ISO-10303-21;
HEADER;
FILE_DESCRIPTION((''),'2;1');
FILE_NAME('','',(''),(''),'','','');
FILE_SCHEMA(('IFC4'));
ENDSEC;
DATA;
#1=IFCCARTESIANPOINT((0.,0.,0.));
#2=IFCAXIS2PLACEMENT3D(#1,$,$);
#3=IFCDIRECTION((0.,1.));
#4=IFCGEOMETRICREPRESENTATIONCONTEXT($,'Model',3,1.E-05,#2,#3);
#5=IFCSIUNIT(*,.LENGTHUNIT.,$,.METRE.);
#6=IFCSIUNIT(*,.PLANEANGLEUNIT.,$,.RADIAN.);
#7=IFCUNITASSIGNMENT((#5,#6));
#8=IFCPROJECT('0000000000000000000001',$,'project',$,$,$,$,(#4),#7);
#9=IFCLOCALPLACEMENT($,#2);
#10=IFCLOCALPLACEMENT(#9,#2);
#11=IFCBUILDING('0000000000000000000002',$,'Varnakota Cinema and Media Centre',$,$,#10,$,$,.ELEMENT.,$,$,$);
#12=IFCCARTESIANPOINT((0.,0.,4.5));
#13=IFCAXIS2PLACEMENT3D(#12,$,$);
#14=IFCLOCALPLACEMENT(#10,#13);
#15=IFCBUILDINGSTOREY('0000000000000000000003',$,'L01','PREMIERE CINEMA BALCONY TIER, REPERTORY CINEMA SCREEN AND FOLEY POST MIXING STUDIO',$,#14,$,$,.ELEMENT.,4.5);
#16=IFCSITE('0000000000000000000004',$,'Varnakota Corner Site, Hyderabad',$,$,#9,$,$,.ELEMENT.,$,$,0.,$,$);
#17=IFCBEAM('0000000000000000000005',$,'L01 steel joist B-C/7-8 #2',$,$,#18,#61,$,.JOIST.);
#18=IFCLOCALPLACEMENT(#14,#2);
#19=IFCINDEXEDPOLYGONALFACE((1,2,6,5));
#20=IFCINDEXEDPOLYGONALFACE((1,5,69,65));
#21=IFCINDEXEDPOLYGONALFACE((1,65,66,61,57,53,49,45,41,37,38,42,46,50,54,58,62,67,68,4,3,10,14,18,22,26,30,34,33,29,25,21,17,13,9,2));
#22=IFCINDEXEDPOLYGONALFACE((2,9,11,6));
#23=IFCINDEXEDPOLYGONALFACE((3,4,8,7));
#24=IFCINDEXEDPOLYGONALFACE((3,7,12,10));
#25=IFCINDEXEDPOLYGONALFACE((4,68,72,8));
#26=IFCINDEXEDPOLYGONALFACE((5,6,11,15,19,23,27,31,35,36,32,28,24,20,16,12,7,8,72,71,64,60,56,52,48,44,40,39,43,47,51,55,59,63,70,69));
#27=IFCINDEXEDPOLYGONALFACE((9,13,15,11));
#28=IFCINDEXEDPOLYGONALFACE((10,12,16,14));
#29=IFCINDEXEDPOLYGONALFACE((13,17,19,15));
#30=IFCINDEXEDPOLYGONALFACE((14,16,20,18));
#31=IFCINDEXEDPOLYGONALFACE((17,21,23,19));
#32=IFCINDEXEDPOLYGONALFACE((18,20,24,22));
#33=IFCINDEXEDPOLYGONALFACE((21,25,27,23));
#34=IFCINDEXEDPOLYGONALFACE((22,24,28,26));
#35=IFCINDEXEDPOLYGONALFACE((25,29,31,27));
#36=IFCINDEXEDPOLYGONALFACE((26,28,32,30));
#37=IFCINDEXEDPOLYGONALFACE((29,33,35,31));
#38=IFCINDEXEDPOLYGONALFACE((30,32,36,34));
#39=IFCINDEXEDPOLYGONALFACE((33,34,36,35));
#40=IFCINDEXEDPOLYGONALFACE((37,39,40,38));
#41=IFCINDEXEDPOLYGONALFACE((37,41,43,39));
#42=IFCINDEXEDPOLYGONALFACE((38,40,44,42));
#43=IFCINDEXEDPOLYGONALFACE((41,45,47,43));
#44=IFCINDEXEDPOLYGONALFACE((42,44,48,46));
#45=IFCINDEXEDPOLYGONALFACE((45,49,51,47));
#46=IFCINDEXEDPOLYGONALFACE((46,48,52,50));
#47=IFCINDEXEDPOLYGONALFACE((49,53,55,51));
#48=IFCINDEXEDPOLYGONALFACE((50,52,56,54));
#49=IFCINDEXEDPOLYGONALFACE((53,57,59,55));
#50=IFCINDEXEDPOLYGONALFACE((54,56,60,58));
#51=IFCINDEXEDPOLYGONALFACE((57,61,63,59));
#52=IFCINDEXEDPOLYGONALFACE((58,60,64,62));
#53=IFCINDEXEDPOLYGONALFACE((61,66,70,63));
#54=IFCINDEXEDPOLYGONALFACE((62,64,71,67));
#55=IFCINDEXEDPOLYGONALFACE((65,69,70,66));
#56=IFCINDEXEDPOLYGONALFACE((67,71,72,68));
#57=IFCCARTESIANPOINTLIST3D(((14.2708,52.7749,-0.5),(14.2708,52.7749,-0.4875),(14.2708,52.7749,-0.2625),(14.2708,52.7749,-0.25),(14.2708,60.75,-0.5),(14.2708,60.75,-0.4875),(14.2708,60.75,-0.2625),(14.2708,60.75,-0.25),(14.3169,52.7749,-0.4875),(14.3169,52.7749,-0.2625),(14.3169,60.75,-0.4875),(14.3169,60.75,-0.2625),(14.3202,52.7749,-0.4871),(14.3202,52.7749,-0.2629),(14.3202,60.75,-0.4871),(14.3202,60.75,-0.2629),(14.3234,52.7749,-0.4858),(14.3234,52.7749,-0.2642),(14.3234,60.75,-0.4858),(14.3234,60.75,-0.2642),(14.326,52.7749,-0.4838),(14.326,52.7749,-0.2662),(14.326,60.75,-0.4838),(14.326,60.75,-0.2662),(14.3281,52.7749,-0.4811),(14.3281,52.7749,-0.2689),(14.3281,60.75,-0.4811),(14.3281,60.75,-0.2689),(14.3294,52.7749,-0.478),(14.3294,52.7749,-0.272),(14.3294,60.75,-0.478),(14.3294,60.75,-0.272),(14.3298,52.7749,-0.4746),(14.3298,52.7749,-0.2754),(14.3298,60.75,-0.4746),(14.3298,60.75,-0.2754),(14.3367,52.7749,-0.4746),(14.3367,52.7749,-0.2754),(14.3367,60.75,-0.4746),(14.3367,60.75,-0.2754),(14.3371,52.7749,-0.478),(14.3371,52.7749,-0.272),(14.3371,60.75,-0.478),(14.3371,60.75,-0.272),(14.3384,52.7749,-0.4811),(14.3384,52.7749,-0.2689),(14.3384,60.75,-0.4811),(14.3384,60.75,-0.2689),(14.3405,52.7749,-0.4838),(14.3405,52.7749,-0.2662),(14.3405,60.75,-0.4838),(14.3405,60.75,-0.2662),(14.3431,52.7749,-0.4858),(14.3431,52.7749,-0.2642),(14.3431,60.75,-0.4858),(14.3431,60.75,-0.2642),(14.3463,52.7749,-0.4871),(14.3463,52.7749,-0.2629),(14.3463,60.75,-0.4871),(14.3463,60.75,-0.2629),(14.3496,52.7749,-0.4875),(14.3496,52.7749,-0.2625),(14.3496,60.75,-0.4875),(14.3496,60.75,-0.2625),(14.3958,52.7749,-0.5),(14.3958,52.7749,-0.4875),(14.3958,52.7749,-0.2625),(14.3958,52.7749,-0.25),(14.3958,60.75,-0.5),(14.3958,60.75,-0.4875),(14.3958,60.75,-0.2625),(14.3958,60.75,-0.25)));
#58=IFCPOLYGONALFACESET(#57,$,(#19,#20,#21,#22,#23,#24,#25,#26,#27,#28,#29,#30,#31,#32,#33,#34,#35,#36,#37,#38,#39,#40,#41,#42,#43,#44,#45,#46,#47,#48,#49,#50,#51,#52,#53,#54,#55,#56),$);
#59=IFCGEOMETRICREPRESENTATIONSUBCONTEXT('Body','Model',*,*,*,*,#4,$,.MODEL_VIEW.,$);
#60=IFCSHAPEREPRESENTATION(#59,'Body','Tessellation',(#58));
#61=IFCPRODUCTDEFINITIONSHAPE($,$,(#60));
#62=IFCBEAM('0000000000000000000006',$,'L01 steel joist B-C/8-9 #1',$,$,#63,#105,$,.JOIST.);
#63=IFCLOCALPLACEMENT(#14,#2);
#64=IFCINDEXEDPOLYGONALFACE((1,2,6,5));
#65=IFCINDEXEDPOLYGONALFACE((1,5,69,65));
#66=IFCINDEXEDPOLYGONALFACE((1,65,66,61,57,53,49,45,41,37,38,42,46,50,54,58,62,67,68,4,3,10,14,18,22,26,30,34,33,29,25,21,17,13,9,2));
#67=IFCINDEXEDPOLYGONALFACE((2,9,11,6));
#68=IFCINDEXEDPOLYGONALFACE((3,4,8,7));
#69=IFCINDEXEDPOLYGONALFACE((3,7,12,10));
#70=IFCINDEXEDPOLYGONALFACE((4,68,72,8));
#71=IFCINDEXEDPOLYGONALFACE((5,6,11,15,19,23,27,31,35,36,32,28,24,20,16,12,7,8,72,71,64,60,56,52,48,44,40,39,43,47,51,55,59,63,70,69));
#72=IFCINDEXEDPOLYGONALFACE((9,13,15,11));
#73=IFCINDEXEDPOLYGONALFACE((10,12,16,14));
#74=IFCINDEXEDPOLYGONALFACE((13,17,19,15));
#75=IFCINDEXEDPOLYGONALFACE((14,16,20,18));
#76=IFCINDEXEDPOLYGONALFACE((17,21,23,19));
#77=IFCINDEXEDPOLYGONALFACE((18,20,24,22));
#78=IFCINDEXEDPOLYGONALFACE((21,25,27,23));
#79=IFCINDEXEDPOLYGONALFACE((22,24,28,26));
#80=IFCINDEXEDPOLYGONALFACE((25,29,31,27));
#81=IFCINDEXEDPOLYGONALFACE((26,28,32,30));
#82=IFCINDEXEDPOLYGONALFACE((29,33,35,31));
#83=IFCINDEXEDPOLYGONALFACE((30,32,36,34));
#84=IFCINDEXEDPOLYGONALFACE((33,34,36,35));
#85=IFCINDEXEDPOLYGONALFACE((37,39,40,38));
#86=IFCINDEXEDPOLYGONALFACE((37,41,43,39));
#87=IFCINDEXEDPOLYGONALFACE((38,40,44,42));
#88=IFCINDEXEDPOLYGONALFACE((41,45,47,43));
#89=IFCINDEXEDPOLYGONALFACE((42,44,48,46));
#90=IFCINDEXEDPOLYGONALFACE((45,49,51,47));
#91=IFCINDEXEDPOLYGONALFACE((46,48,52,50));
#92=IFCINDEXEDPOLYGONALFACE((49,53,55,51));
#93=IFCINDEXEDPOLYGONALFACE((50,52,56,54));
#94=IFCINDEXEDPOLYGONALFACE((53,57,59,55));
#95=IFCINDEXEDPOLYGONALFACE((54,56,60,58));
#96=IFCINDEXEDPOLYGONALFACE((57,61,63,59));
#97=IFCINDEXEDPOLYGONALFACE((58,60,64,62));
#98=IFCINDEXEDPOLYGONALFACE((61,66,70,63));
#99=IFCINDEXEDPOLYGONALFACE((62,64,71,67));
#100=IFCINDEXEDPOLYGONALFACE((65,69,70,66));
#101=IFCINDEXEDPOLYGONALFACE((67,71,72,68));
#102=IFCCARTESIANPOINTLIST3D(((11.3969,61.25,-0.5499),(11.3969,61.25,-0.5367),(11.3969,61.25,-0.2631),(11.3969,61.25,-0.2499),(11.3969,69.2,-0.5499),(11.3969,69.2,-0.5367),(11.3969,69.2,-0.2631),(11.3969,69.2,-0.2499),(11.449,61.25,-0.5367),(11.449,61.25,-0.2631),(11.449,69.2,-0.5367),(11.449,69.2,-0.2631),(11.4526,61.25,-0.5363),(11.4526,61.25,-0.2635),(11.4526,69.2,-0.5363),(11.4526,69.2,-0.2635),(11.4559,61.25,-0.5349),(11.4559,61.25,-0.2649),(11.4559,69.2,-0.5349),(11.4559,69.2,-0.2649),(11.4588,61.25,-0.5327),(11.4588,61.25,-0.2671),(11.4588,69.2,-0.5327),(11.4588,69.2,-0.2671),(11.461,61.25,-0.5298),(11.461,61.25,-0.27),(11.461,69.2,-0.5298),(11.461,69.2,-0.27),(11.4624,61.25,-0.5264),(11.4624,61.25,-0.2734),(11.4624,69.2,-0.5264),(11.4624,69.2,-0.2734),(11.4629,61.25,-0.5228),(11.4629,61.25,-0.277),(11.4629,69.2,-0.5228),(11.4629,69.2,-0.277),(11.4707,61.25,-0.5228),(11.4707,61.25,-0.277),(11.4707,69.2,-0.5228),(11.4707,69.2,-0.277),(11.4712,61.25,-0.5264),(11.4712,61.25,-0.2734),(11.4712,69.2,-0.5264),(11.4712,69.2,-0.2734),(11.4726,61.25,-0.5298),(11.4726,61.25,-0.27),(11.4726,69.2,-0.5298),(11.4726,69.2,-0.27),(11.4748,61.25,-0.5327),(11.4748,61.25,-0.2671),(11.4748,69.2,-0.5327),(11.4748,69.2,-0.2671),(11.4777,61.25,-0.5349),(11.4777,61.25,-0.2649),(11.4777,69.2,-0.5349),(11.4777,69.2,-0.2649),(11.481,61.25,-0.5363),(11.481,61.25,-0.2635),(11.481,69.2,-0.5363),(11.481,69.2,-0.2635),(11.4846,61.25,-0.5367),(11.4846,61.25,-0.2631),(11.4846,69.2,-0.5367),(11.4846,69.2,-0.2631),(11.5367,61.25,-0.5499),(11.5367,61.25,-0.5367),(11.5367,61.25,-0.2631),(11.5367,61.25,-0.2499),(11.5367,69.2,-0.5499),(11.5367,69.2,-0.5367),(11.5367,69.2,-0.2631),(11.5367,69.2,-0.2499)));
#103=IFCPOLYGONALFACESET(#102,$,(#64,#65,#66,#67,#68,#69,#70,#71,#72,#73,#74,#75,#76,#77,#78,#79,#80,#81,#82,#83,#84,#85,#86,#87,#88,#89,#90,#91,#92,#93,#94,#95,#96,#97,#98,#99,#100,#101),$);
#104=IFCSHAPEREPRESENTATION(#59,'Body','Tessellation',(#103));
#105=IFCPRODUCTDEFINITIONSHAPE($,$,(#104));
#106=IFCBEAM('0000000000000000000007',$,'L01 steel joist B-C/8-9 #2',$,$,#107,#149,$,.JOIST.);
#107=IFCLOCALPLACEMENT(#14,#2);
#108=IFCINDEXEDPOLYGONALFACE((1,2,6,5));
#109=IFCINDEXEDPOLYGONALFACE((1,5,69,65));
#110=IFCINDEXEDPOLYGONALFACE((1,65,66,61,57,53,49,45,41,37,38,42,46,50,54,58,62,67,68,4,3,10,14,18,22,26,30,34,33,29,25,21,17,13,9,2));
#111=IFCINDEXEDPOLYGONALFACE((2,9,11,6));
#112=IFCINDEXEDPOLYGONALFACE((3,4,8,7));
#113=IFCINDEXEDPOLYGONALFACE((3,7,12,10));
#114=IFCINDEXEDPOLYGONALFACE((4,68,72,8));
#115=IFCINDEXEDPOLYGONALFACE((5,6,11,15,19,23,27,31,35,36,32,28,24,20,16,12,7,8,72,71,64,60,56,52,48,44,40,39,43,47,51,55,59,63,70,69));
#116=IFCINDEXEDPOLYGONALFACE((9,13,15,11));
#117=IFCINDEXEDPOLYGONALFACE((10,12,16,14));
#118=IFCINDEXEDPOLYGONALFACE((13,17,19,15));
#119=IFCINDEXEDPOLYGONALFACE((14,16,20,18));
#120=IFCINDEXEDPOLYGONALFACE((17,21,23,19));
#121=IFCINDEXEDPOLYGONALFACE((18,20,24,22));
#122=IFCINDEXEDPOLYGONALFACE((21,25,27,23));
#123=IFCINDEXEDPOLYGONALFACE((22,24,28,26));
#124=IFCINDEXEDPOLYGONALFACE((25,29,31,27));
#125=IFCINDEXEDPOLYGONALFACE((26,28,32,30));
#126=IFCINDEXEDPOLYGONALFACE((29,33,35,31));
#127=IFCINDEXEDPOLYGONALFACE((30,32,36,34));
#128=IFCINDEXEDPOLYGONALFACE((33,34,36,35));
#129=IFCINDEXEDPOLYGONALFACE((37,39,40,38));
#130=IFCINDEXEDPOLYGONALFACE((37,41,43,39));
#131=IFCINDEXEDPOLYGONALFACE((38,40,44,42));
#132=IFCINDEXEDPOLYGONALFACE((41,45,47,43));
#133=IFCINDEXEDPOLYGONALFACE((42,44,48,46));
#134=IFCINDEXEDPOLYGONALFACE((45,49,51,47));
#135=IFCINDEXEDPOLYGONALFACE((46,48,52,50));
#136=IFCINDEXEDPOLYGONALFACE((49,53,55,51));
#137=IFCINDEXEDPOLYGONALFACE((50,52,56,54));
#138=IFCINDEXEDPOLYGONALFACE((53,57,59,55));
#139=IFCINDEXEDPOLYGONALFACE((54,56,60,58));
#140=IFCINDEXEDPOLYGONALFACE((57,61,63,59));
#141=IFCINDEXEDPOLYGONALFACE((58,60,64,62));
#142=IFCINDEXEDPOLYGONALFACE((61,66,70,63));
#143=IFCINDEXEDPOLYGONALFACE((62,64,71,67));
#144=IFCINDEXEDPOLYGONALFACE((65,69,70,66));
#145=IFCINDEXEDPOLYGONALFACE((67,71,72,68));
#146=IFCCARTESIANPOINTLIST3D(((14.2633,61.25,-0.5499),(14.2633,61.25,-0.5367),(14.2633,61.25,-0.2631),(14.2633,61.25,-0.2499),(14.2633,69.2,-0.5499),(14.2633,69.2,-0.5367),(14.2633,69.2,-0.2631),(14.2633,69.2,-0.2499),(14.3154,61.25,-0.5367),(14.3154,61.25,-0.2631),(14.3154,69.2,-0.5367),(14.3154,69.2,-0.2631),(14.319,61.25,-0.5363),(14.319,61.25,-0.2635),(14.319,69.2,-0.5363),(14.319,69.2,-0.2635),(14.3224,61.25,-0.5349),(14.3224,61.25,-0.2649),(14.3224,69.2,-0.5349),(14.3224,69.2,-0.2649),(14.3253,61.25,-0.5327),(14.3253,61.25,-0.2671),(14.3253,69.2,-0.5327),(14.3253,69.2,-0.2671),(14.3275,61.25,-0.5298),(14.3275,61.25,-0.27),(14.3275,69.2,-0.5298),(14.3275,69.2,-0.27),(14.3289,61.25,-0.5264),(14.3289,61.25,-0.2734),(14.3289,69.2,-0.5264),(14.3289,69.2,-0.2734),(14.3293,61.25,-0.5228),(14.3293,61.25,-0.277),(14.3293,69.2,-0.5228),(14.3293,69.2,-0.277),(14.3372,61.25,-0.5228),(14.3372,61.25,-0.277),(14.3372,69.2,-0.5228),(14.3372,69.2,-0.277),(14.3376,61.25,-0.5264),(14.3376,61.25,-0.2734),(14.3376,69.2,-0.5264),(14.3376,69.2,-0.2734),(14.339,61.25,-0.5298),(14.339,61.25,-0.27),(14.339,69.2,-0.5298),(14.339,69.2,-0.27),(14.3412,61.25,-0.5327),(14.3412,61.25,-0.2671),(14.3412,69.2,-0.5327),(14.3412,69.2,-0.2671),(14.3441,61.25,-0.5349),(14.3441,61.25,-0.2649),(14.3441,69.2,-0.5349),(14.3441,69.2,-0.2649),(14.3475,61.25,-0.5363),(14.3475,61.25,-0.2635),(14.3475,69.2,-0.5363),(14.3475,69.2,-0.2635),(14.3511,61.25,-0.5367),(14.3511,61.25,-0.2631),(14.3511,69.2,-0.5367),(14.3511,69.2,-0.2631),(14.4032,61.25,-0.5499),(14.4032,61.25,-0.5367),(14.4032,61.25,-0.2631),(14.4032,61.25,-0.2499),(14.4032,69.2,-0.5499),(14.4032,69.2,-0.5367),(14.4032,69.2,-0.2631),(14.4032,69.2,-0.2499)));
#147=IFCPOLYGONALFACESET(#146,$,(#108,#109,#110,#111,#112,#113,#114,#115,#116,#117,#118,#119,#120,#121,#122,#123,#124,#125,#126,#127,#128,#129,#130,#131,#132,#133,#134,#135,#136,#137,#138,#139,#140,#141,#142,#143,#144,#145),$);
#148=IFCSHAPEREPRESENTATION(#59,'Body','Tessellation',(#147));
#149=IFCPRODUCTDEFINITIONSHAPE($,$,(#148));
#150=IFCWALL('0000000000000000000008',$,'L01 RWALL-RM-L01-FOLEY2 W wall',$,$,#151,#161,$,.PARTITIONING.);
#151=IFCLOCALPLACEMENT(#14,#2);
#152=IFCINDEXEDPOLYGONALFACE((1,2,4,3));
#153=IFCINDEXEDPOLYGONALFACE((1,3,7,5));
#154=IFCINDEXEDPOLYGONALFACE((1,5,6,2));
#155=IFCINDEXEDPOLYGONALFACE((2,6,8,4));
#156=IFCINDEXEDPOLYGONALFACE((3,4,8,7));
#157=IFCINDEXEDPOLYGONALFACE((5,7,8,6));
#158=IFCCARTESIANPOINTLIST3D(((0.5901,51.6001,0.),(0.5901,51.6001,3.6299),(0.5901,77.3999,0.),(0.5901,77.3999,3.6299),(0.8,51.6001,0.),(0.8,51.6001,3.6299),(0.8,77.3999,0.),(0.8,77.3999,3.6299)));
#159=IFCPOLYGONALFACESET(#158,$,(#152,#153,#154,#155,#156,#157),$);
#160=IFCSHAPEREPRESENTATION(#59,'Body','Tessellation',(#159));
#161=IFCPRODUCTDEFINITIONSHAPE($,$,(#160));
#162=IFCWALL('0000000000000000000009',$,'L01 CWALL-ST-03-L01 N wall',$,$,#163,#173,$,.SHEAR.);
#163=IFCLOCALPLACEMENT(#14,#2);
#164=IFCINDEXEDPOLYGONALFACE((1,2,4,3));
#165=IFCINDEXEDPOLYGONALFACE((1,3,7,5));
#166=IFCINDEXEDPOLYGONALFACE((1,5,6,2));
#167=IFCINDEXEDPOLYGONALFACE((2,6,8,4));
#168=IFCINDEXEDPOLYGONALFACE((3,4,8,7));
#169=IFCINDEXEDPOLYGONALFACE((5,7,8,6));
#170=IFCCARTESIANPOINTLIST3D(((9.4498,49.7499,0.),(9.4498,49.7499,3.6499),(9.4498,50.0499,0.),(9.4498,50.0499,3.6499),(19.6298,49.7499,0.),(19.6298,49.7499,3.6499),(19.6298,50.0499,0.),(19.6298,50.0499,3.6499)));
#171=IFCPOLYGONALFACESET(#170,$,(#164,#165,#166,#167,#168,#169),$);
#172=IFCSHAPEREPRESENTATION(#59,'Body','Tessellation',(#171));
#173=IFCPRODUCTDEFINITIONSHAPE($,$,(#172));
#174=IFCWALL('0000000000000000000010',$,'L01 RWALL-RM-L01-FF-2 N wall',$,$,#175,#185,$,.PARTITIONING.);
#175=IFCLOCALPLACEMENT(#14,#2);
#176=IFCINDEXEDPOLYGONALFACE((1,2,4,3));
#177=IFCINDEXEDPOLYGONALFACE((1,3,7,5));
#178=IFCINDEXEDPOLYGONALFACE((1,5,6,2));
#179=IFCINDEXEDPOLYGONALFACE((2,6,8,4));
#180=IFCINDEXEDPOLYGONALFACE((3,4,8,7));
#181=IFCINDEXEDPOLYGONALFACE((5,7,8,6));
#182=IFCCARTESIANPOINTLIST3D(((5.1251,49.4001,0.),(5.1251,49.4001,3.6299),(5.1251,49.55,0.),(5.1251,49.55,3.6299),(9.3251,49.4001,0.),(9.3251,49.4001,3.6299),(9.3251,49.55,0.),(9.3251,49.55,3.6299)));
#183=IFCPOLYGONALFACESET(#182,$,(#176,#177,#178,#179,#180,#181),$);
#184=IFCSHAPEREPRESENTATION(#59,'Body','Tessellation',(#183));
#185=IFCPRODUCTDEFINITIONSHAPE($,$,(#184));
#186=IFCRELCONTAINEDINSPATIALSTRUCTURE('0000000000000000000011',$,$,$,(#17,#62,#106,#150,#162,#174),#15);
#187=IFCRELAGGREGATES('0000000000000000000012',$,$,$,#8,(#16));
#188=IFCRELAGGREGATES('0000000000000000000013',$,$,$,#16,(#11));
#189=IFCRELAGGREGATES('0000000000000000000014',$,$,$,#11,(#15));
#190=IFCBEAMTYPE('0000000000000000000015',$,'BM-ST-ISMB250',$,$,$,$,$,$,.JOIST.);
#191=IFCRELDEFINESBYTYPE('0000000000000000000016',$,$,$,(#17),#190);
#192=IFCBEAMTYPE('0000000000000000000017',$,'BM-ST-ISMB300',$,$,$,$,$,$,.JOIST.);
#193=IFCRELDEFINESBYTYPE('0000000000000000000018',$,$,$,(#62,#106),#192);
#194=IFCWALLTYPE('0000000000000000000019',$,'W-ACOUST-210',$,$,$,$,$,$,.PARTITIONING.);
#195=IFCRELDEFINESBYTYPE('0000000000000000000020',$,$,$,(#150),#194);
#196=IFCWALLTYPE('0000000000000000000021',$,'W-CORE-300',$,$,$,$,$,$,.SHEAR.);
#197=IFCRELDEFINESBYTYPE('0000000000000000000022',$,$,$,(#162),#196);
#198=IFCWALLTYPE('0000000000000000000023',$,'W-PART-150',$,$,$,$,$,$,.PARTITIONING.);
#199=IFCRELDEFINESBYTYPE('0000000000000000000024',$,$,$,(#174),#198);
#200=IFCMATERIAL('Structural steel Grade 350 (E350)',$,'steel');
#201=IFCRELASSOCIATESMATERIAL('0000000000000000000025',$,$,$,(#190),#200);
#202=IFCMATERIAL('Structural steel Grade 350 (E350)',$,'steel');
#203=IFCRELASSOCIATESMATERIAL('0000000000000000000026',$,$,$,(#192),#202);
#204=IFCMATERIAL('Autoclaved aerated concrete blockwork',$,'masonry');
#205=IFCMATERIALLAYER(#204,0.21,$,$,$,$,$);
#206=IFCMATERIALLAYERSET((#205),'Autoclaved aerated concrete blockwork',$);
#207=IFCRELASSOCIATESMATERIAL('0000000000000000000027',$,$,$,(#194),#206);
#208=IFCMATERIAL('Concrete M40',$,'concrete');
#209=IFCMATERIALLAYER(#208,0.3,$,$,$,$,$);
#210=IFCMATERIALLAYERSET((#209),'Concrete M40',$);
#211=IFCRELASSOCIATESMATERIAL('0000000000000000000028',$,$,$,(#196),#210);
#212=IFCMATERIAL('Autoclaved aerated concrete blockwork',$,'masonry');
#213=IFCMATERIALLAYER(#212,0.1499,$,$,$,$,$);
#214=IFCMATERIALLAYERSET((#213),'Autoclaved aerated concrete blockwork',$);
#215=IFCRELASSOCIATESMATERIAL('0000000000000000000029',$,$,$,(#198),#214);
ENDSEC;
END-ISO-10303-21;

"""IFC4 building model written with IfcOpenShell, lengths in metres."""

from ifc_helpers import new_model, si_unit, direction, frame, frame_2d, origin, origin_2d, place, context, subcontext, project, spatial, rectangle, i_section, extrude, material, layer, layer_set, material_profile, profile_set, type_object, element, save


model = new_model("IFC4")

# Units and contexts
model_context = context("Model", 3, precision=1e-05, world=origin(), true_north=direction((0.0, 1.0)))
body_context = subcontext(model_context, "Body", "Model", "MODEL_VIEW")
ifc_project = project(units=[si_unit("LENGTHUNIT", "METRE"), si_unit("PLANEANGLEUNIT", "RADIAN")], contexts=[model_context])

# Site, building, storey
site_placement = place(None, origin())
site = spatial("IfcSite", under=ifc_project, at=site_placement, Name="Varnakota Corner Site, Hyderabad", CompositionType="ELEMENT", RefElevation=0.0)
building_placement = place(site_placement, origin())
building = spatial("IfcBuilding", under=site, at=building_placement, Name="Varnakota Cinema and Media Centre", CompositionType="ELEMENT")
storey_placement = place(building_placement, frame((0.0, 0.0, 4.5)))
storey = spatial("IfcBuildingStorey", under=building, at=storey_placement, Name="L01", Description="PREMIERE CINEMA BALCONY TIER, REPERTORY CINEMA SCREEN AND FOLEY POST MIXING STUDIO", CompositionType="ELEMENT", Elevation=4.5)

# Beams
ifc_material_1 = material(Name="Structural steel Grade 350 (E350)", Category="steel")
ifc_material_profile_1 = material_profile(ifc_material_1, i_section(OverallWidth=0.125, OverallDepth=0.25, WebThickness=0.0068, FlangeThickness=0.0125, FilletRadius=0.0129, at=origin_2d()), Name="ISMB 250")
ifc_profile_set_1 = profile_set([ifc_material_profile_1], Name="Structural steel Grade 350 (E350)")
beam_type_1 = type_object("IfcBeamType", Name="BM-ST-ISMB250", PredefinedType="JOIST", material=ifc_profile_set_1)
for number, where, z_axis, x_axis, name in (
    (1, (14.3333, 52.7749, -0.375), (0.0, 1.0, 0.0), (-1.0, 0.0, 0.0), "L01 steel joist B-C/7-8 #2"),
):
    element("IfcBeam", number, at=place(storey_placement, frame(where, z_axis=z_axis, x_axis=x_axis)), inside=storey, type_object=beam_type_1, Name=name, PredefinedType="JOIST", context=body_context, shape_type="SweptSolid", body=[
        extrude(i_section(OverallWidth=0.125, OverallDepth=0.25, WebThickness=0.0068, FlangeThickness=0.0125, FilletRadius=0.0129, at=origin_2d()), origin(), (0.0, 0.0, 1.0), 7.9751),
    ])
ifc_material_2 = material(Name="Structural steel Grade 350 (E350)", Category="steel")
ifc_material_profile_2 = material_profile(ifc_material_2, i_section(OverallWidth=0.1399, OverallDepth=0.3, WebThickness=0.0078, FlangeThickness=0.0132, FilletRadius=0.0139, at=origin_2d()), Name="ISMB 300")
ifc_profile_set_2 = profile_set([ifc_material_profile_2], Name="Structural steel Grade 350 (E350)")
beam_type_2 = type_object("IfcBeamType", Name="BM-ST-ISMB300", PredefinedType="JOIST", material=ifc_profile_set_2)
for number, where, z_axis, x_axis, name in (
    (2, (11.4668, 61.25, -0.3999), (0.0, 1.0, 0.0), (-1.0, 0.0, 0.0), "L01 steel joist B-C/8-9 #1"),
    (3, (14.3333, 61.25, -0.3999), (0.0, 1.0, 0.0), (-1.0, 0.0, 0.0), "L01 steel joist B-C/8-9 #2"),
):
    element("IfcBeam", number, at=place(storey_placement, frame(where, z_axis=z_axis, x_axis=x_axis)), inside=storey, type_object=beam_type_2, Name=name, PredefinedType="JOIST", context=body_context, shape_type="SweptSolid", body=[
        extrude(i_section(OverallWidth=0.1399, OverallDepth=0.3, WebThickness=0.0078, FlangeThickness=0.0132, FilletRadius=0.0139, at=origin_2d()), origin(), (0.0, 0.0, 1.0), 7.95),
    ])

# Wall
ifc_material_3 = material(Name="Autoclaved aerated concrete blockwork", Category="masonry")
ifc_layer_1 = layer(ifc_material_3, 0.21)
ifc_layer_set_1 = layer_set([ifc_layer_1], Name="Autoclaved aerated concrete blockwork")
wall_type_1 = type_object("IfcWallType", Name="W-ACOUST-210", PredefinedType="PARTITIONING", material=ifc_layer_set_1)
wall_1_placement = place(storey_placement, frame((0.6951, 51.6001, 0.0), z_axis=(0.0, 0.0, 1.0), x_axis=(0.0, 1.0, 0.0)))
element("IfcWall", 4, at=wall_1_placement, inside=storey, type_object=wall_type_1, Name="L01 RWALL-RM-L01-FOLEY2 W wall", PredefinedType="PARTITIONING", context=body_context, shape_type="SweptSolid", body=[
    extrude(rectangle(XDim=25.7998, YDim=0.21, at=frame_2d((12.8999, 0.0))), origin(), (0.0, 0.0, 1.0), 3.6299),
])

# Shared definitions
ifc_material_4 = material(Name="Concrete M40", Category="concrete")
ifc_layer_2 = layer(ifc_material_4, 0.3)
ifc_layer_set_2 = layer_set([ifc_layer_2], Name="Concrete M40")
wall_type_2 = type_object("IfcWallType", Name="W-CORE-300", PredefinedType="SHEAR", material=ifc_layer_set_2)

# Walls
wall_2_placement = place(storey_placement, frame((9.45, 49.8999, 0.0), z_axis=(0.0, 0.0, 1.0), x_axis=(1.0, 0.0, 0.0)))
element("IfcWall", 5, at=wall_2_placement, inside=storey, type_object=wall_type_2, Name="L01 CWALL-ST-03-L01 N wall", PredefinedType="SHEAR", context=body_context, shape_type="SweptSolid", body=[
    extrude(rectangle(XDim=10.1799, YDim=0.3, at=frame_2d((5.0898, 0.0))), origin(), (0.0, 0.0, 1.0), 3.6499),
])
ifc_material_5 = material(Name="Autoclaved aerated concrete blockwork", Category="masonry")
ifc_layer_3 = layer(ifc_material_5, 0.1499)
ifc_layer_set_3 = layer_set([ifc_layer_3], Name="Autoclaved aerated concrete blockwork")
wall_type_3 = type_object("IfcWallType", Name="W-PART-150", PredefinedType="PARTITIONING", material=ifc_layer_set_3)
wall_3_placement = place(storey_placement, frame((5.125, 49.4751, 0.0), z_axis=(0.0, 0.0, 1.0), x_axis=(1.0, 0.0, 0.0)))
element("IfcWall", 6, at=wall_3_placement, inside=storey, type_object=wall_type_3, Name="L01 RWALL-RM-L01-FF-2 N wall", PredefinedType="PARTITIONING", context=body_context, shape_type="SweptSolid", body=[
    extrude(rectangle(XDim=4.2, YDim=0.1499, at=frame_2d((2.1001, 0.0))), origin(), (0.0, 0.0, 1.0), 3.6299),
])

save(model, "model.ifc")
